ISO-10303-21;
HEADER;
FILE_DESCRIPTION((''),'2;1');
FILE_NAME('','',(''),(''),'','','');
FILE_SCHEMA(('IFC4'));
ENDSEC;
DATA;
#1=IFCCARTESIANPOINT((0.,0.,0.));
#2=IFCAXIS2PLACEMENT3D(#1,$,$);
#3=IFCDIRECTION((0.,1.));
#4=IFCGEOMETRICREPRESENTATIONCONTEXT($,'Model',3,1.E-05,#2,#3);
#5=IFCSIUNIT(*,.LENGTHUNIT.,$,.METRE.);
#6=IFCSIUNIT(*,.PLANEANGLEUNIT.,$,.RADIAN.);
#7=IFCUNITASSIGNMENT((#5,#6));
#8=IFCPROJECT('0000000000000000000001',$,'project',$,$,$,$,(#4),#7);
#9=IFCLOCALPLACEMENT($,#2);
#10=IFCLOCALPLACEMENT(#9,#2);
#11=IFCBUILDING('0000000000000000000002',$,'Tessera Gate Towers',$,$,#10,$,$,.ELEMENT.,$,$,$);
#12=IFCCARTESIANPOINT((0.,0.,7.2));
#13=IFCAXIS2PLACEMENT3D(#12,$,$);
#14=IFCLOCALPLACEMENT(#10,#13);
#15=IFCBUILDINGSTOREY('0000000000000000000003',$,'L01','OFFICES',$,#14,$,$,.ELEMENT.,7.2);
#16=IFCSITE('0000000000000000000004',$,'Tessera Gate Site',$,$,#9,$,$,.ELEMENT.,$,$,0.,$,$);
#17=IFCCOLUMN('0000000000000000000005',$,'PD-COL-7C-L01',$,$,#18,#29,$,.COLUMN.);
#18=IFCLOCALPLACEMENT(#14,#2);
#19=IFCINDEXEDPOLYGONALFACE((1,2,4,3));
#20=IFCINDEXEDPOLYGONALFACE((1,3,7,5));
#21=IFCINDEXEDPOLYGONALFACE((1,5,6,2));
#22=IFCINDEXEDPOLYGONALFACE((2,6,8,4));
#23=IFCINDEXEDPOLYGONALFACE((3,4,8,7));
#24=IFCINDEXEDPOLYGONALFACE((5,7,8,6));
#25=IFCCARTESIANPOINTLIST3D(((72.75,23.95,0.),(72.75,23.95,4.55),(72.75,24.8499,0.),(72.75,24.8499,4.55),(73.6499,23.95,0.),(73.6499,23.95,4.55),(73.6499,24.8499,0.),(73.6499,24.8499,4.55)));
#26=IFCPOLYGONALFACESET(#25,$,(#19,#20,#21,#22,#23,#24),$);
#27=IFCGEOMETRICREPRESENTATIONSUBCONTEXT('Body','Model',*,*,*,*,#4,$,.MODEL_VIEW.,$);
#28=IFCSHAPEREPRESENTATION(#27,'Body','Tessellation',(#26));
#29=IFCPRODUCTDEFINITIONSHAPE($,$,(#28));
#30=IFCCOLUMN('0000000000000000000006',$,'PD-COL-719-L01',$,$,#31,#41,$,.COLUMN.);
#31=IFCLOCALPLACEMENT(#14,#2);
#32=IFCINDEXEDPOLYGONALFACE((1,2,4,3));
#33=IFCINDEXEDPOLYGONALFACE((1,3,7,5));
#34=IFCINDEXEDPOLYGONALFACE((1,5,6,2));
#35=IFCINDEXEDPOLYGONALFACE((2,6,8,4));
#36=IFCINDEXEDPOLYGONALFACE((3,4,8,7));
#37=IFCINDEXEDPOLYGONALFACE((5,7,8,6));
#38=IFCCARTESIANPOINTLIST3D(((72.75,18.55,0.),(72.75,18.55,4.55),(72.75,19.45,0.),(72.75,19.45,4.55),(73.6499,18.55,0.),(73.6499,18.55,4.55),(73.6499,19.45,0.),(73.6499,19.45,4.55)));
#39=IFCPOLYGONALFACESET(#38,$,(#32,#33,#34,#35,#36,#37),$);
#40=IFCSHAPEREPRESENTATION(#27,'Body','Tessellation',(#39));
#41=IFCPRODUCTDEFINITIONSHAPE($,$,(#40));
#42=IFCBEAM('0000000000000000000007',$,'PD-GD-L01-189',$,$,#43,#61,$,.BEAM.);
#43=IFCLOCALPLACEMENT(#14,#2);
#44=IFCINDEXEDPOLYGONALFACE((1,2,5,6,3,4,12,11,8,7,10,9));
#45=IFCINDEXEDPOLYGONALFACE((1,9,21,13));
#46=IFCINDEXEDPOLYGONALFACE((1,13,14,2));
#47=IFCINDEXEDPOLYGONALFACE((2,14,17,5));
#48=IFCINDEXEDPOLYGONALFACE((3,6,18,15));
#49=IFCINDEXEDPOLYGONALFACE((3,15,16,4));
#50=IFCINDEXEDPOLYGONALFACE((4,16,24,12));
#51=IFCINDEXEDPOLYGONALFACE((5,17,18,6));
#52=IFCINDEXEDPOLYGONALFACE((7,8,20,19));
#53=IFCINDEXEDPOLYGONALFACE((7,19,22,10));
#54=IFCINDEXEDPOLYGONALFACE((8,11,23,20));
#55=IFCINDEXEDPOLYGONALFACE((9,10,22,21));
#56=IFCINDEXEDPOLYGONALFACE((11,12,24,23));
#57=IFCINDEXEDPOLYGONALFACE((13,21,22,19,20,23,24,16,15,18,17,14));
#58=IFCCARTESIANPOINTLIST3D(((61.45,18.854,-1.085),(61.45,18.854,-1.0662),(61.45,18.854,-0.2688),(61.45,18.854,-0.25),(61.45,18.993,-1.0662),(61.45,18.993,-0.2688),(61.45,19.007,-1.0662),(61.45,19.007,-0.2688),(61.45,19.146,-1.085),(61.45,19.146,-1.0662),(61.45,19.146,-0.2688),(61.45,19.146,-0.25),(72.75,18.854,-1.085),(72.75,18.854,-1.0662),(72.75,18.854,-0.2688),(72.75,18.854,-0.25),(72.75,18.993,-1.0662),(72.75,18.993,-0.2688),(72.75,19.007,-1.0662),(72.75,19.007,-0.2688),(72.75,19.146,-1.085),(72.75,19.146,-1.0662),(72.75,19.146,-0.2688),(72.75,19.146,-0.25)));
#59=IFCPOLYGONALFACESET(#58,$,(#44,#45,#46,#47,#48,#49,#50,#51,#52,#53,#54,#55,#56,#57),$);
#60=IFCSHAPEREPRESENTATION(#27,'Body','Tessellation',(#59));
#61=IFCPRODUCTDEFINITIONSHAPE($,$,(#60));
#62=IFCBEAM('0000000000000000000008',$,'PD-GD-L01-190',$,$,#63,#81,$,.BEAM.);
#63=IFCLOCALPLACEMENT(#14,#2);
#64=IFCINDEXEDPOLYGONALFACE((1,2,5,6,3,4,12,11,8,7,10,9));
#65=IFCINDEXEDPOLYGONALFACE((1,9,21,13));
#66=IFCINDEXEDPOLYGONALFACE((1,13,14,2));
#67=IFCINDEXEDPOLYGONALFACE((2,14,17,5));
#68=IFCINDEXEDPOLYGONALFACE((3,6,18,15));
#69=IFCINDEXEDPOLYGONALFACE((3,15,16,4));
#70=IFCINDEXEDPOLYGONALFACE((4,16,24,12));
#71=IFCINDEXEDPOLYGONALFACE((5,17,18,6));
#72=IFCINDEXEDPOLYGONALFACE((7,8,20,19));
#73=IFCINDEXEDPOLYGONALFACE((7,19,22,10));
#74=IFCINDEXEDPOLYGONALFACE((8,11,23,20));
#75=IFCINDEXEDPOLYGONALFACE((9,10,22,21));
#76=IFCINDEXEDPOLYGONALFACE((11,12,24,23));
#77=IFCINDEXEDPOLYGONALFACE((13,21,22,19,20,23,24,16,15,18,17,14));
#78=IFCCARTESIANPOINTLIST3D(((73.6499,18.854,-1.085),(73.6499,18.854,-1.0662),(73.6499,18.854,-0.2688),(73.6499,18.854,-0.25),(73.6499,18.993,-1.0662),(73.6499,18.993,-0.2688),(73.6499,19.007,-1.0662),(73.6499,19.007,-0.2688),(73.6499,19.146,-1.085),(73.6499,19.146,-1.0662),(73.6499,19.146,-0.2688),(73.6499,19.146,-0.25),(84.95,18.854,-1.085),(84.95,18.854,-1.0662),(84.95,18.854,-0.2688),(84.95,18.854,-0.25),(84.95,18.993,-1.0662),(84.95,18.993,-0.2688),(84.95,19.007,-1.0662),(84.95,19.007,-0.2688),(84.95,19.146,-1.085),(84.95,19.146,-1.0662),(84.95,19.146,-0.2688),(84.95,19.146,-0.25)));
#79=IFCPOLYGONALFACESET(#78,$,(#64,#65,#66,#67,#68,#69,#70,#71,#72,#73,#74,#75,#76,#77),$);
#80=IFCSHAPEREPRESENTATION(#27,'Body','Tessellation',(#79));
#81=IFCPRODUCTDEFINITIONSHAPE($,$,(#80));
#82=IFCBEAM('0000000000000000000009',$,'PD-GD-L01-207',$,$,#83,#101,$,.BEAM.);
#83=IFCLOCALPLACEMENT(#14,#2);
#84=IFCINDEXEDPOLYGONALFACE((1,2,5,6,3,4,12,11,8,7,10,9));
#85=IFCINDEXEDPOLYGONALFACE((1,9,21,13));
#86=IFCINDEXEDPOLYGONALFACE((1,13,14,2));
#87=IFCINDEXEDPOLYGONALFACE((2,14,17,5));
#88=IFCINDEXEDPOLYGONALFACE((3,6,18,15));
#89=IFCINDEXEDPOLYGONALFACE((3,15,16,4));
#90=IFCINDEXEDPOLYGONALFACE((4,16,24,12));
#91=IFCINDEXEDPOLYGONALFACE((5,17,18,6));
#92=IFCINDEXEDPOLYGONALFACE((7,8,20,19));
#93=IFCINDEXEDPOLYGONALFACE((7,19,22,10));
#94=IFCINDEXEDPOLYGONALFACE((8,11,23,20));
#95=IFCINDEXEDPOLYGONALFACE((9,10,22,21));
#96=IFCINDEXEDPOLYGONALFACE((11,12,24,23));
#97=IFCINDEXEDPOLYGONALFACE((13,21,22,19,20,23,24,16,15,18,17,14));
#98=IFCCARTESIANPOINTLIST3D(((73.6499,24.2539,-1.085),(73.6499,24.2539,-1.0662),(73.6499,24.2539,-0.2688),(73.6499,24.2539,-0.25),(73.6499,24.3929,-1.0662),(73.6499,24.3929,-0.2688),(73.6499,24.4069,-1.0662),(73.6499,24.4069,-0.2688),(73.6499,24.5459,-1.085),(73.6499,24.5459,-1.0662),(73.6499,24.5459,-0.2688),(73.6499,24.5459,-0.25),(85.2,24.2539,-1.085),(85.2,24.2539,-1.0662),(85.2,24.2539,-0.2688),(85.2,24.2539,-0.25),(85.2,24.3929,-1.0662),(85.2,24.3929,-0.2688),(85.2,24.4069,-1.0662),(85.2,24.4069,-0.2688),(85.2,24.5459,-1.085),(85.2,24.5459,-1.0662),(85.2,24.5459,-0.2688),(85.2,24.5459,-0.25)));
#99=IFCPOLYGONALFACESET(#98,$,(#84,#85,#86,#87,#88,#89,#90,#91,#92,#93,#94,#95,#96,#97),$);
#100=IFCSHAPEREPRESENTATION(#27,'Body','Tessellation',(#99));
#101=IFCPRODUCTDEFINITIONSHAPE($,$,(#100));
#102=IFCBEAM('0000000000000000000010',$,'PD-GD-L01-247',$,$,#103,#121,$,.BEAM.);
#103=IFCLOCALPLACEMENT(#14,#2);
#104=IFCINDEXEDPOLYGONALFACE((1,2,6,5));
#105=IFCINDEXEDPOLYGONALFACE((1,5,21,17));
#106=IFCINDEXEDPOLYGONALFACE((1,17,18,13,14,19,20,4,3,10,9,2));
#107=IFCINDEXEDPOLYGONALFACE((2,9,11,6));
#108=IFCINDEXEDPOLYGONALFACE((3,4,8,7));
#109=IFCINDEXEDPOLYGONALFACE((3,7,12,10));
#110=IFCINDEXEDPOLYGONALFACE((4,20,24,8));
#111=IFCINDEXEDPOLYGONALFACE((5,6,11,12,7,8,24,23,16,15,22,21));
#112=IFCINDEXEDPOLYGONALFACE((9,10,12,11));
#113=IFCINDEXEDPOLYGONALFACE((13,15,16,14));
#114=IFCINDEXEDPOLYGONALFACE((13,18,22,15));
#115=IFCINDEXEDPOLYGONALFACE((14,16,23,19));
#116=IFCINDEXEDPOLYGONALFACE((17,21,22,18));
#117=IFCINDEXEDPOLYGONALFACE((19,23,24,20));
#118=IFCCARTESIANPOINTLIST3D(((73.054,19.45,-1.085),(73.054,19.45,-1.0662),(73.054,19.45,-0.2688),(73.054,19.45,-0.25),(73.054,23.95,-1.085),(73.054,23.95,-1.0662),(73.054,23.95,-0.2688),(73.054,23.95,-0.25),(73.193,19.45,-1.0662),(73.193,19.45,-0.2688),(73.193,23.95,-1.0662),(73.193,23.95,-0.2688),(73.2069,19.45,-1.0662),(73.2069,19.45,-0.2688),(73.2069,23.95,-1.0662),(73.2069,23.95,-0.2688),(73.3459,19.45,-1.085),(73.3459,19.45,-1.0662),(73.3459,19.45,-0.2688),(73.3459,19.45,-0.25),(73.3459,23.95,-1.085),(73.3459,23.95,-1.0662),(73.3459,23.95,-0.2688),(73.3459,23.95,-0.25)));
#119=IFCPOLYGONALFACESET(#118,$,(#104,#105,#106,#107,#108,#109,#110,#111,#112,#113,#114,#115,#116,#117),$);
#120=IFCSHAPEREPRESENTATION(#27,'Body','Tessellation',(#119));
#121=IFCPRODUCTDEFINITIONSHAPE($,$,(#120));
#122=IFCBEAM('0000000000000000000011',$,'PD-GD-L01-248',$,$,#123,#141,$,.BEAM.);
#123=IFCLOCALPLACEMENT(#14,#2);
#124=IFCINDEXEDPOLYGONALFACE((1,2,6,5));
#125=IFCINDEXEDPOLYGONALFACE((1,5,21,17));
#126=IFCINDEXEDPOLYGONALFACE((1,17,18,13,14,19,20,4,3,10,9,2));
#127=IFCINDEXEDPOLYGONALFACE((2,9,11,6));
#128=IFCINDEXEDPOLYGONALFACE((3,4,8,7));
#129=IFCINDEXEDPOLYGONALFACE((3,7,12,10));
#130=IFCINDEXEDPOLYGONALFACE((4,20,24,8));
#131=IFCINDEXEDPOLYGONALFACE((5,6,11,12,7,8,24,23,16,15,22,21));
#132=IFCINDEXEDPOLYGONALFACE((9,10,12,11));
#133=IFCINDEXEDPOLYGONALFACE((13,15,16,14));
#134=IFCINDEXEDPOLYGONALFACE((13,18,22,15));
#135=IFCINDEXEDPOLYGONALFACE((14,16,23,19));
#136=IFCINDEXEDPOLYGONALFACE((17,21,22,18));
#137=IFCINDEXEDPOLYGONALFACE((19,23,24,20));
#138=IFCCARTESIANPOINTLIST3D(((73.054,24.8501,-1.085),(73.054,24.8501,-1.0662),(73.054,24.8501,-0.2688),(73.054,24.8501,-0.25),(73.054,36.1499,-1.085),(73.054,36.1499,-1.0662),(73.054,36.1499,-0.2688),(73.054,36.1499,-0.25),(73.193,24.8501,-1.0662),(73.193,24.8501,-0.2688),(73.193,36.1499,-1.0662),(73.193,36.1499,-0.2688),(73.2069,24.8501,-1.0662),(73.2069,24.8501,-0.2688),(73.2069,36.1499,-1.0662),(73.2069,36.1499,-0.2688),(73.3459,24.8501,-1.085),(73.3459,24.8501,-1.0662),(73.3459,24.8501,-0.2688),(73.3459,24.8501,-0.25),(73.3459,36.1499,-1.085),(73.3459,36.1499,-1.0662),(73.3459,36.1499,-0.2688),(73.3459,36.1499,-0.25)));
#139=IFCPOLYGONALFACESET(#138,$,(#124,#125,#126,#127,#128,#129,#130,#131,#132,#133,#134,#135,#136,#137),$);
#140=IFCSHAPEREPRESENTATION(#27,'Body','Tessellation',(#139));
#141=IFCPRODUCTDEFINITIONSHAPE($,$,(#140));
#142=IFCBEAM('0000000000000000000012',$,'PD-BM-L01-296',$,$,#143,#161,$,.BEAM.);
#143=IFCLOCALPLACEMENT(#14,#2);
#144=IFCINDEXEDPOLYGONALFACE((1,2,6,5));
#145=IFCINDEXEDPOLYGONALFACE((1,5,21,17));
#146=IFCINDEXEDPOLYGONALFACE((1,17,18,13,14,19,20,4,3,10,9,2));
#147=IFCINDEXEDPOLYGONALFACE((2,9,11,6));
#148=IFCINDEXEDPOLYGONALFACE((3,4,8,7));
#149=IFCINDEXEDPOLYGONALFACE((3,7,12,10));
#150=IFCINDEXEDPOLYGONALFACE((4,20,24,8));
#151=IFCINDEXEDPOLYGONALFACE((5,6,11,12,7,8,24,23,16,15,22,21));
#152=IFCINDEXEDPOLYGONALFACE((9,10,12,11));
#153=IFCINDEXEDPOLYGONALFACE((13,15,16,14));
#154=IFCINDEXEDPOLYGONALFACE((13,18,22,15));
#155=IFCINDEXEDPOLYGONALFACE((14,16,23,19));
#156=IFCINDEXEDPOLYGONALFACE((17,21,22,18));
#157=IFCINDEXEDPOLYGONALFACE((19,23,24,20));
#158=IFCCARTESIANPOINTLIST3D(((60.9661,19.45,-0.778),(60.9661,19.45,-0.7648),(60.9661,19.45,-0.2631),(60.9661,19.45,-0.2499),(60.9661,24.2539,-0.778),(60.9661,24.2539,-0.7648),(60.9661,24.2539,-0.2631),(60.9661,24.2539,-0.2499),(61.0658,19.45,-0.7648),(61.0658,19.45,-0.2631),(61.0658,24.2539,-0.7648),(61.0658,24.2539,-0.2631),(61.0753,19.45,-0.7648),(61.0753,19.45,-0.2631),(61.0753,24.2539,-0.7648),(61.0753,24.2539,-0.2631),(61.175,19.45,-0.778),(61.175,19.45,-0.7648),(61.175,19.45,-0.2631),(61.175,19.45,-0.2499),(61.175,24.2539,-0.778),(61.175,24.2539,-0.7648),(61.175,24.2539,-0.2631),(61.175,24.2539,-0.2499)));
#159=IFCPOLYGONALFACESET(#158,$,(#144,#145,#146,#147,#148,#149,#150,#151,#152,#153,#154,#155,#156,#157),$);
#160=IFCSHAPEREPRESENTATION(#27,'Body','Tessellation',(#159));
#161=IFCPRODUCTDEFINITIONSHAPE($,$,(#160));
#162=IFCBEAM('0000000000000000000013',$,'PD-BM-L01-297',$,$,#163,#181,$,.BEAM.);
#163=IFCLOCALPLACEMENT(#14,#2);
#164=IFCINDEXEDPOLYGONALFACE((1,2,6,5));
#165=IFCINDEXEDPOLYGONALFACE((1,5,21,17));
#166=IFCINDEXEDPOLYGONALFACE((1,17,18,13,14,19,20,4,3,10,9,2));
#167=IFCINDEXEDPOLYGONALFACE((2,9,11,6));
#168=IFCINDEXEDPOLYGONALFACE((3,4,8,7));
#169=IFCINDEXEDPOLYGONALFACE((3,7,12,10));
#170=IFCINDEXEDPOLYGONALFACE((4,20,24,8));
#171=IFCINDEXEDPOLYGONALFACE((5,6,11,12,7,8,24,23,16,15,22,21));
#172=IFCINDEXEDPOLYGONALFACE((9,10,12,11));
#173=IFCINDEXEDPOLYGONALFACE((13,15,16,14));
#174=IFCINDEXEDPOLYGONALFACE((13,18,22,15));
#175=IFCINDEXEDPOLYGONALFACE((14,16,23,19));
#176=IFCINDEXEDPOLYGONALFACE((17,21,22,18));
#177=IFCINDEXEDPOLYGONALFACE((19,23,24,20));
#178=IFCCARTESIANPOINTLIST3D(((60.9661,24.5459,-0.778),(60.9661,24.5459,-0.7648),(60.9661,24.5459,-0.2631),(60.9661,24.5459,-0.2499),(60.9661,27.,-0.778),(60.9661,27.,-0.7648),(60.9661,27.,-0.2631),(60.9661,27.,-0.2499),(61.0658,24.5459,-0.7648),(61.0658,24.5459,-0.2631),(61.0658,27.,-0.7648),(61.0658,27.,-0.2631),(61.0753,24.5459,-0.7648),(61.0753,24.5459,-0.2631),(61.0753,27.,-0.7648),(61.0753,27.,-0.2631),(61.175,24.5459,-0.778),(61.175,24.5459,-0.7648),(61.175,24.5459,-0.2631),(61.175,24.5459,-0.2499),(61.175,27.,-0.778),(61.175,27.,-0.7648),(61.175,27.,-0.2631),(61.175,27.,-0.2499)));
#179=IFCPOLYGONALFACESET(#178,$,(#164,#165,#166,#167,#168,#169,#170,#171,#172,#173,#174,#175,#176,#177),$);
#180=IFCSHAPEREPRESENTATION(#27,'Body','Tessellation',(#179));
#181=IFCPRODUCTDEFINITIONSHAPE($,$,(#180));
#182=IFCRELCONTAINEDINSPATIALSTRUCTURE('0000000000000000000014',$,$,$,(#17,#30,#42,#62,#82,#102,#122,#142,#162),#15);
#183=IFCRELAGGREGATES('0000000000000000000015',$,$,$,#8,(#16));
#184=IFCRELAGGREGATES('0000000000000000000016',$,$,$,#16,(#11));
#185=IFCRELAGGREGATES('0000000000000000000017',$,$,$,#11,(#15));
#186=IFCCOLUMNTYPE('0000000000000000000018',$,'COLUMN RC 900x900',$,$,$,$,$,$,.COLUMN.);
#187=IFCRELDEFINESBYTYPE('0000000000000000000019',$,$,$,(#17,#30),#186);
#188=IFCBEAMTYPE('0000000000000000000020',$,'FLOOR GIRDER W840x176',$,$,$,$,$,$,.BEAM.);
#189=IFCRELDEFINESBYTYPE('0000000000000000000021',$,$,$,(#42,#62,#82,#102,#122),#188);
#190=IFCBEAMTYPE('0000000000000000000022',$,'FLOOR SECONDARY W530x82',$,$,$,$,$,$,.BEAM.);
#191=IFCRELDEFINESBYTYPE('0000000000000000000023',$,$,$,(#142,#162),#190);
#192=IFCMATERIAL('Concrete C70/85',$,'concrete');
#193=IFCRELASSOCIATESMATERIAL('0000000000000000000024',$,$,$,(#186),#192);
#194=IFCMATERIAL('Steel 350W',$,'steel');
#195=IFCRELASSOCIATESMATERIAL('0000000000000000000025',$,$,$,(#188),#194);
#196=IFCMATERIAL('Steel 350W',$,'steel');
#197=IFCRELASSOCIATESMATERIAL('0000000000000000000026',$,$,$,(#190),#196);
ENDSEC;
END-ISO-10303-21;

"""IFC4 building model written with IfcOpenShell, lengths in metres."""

from ifc_helpers import new_model, si_unit, direction, frame, origin, origin_2d, place, context, subcontext, project, spatial, rectangle, i_section, extrude, material, material_profile, profile_set, type_object, element, save


model = new_model("IFC4")

# Units and contexts
model_context = context("Model", 3, precision=1e-05, world=origin(), true_north=direction((0.0, 1.0)))
body_context = subcontext(model_context, "Body", "Model", "MODEL_VIEW")
ifc_project = project(units=[si_unit("LENGTHUNIT", "METRE"), si_unit("PLANEANGLEUNIT", "RADIAN")], contexts=[model_context])

# Site, building, storey
site_placement = place(None, origin())
site = spatial("IfcSite", under=ifc_project, at=site_placement, Name="Tessera Gate Site", CompositionType="ELEMENT", RefElevation=0.0)
building_placement = place(site_placement, origin())
building = spatial("IfcBuilding", under=site, at=building_placement, Name="Tessera Gate Towers", CompositionType="ELEMENT")
storey_placement = place(building_placement, frame((0.0, 0.0, 7.2)))
storey = spatial("IfcBuildingStorey", under=building, at=storey_placement, Name="L01", Description="OFFICES", CompositionType="ELEMENT", Elevation=7.2)

# Columns
ifc_material_1 = material(Name="Concrete C70/85", Category="concrete")
ifc_material_profile_1 = material_profile(ifc_material_1, rectangle(XDim=0.8999, YDim=0.8999, at=origin_2d()), Name="RC 900x900")
ifc_profile_set_1 = profile_set([ifc_material_profile_1], Name="Concrete C70/85")
column_type = type_object("IfcColumnType", Name="COLUMN RC 900x900", PredefinedType="COLUMN", material=ifc_profile_set_1)
for number, where, z_axis, x_axis, name in (
    (1, (73.2, 24.3999, 0.0), (0.0, 0.0, 1.0), (1.0, 0.0, 0.0), "PD-COL-7C-L01"),
    (2, (73.2, 19.0, 0.0), (0.0, 0.0, 1.0), (1.0, 0.0, 0.0), "PD-COL-719-L01"),
):
    element("IfcColumn", number, at=place(storey_placement, frame(where, z_axis=z_axis, x_axis=x_axis)), inside=storey, type_object=column_type, Name=name, PredefinedType="COLUMN", context=body_context, shape_type="SweptSolid", body=[
        extrude(rectangle(XDim=0.8999, YDim=0.8999, at=origin_2d()), origin(), (0.0, 0.0, 1.0), 4.55),
    ])

# Beams
ifc_material_2 = material(Name="Steel 350W", Category="steel")
ifc_material_profile_2 = material_profile(ifc_material_2, i_section(OverallWidth=0.292, OverallDepth=0.835, WebThickness=0.0139, FlangeThickness=0.0188, at=origin_2d()), Name="W840x176")
ifc_profile_set_2 = profile_set([ifc_material_profile_2], Name="Steel 350W")
beam_type_1 = type_object("IfcBeamType", Name="FLOOR GIRDER W840x176", PredefinedType="BEAM", material=ifc_profile_set_2)
for number, where, z_axis, x_axis, name in (
    (3, (61.45, 19.0, -0.6675), (1.0, 0.0, 0.0), (0.0, 1.0, 0.0), "PD-GD-L01-189"),
    (4, (73.6499, 19.0, -0.6675), (1.0, 0.0, 0.0), (0.0, 1.0, 0.0), "PD-GD-L01-190"),
):
    element("IfcBeam", number, at=place(storey_placement, frame(where, z_axis=z_axis, x_axis=x_axis)), inside=storey, type_object=beam_type_1, Name=name, PredefinedType="BEAM", context=body_context, shape_type="SweptSolid", body=[
        extrude(i_section(OverallWidth=0.292, OverallDepth=0.835, WebThickness=0.0139, FlangeThickness=0.0188, at=origin_2d()), origin(), (0.0, 0.0, 1.0), 11.3),
    ])
beam_1_placement = place(storey_placement, frame((73.6499, 24.3999, -0.6675), z_axis=(1.0, 0.0, 0.0), x_axis=(0.0, 1.0, 0.0)))
element("IfcBeam", 5, at=beam_1_placement, inside=storey, type_object=beam_type_1, Name="PD-GD-L01-207", PredefinedType="BEAM", context=body_context, shape_type="SweptSolid", body=[
    extrude(i_section(OverallWidth=0.292, OverallDepth=0.835, WebThickness=0.0139, FlangeThickness=0.0188, at=origin_2d()), origin(), (0.0, 0.0, 1.0), 11.55),
])
beam_2_placement = place(storey_placement, frame((73.2, 19.45, -0.6675), z_axis=(0.0, 1.0, 0.0), x_axis=(-1.0, 0.0, 0.0)))
element("IfcBeam", 6, at=beam_2_placement, inside=storey, type_object=beam_type_1, Name="PD-GD-L01-247", PredefinedType="BEAM", context=body_context, shape_type="SweptSolid", body=[
    extrude(i_section(OverallWidth=0.292, OverallDepth=0.835, WebThickness=0.0139, FlangeThickness=0.0188, at=origin_2d()), origin(), (0.0, 0.0, 1.0), 4.5),
])
beam_3_placement = place(storey_placement, frame((73.2, 24.8501, -0.6675), z_axis=(0.0, 1.0, 0.0), x_axis=(-1.0, 0.0, 0.0)))
element("IfcBeam", 7, at=beam_3_placement, inside=storey, type_object=beam_type_1, Name="PD-GD-L01-248", PredefinedType="BEAM", context=body_context, shape_type="SweptSolid", body=[
    extrude(i_section(OverallWidth=0.292, OverallDepth=0.835, WebThickness=0.0139, FlangeThickness=0.0188, at=origin_2d()), origin(), (0.0, 0.0, 1.0), 11.2998),
])
ifc_material_3 = material(Name="Steel 350W", Category="steel")
ifc_material_profile_3 = material_profile(ifc_material_3, i_section(OverallWidth=0.209, OverallDepth=0.5281, WebThickness=0.0095, FlangeThickness=0.0132, at=origin_2d()), Name="W530x82")
ifc_profile_set_3 = profile_set([ifc_material_profile_3], Name="Steel 350W")
beam_type_2 = type_object("IfcBeamType", Name="FLOOR SECONDARY W530x82", PredefinedType="BEAM", material=ifc_profile_set_3)
beam_4_placement = place(storey_placement, frame((61.0706, 19.45, -0.5139), z_axis=(0.0, 1.0, 0.0), x_axis=(-1.0, 0.0, 0.0)))
element("IfcBeam", 8, at=beam_4_placement, inside=storey, type_object=beam_type_2, Name="PD-BM-L01-296", PredefinedType="BEAM", context=body_context, shape_type="SweptSolid", body=[
    extrude(i_section(OverallWidth=0.209, OverallDepth=0.5281, WebThickness=0.0095, FlangeThickness=0.0132, at=origin_2d()), origin(), (0.0, 0.0, 1.0), 4.804),
])
beam_5_placement = place(storey_placement, frame((61.0706, 24.5459, -0.5139), z_axis=(0.0, 1.0, 0.0), x_axis=(-1.0, 0.0, 0.0)))
element("IfcBeam", 9, at=beam_5_placement, inside=storey, type_object=beam_type_2, Name="PD-BM-L01-297", PredefinedType="BEAM", context=body_context, shape_type="SweptSolid", body=[
    extrude(i_section(OverallWidth=0.209, OverallDepth=0.5281, WebThickness=0.0095, FlangeThickness=0.0132, at=origin_2d()), origin(), (0.0, 0.0, 1.0), 2.4541),
])

save(model, "model.ifc")
